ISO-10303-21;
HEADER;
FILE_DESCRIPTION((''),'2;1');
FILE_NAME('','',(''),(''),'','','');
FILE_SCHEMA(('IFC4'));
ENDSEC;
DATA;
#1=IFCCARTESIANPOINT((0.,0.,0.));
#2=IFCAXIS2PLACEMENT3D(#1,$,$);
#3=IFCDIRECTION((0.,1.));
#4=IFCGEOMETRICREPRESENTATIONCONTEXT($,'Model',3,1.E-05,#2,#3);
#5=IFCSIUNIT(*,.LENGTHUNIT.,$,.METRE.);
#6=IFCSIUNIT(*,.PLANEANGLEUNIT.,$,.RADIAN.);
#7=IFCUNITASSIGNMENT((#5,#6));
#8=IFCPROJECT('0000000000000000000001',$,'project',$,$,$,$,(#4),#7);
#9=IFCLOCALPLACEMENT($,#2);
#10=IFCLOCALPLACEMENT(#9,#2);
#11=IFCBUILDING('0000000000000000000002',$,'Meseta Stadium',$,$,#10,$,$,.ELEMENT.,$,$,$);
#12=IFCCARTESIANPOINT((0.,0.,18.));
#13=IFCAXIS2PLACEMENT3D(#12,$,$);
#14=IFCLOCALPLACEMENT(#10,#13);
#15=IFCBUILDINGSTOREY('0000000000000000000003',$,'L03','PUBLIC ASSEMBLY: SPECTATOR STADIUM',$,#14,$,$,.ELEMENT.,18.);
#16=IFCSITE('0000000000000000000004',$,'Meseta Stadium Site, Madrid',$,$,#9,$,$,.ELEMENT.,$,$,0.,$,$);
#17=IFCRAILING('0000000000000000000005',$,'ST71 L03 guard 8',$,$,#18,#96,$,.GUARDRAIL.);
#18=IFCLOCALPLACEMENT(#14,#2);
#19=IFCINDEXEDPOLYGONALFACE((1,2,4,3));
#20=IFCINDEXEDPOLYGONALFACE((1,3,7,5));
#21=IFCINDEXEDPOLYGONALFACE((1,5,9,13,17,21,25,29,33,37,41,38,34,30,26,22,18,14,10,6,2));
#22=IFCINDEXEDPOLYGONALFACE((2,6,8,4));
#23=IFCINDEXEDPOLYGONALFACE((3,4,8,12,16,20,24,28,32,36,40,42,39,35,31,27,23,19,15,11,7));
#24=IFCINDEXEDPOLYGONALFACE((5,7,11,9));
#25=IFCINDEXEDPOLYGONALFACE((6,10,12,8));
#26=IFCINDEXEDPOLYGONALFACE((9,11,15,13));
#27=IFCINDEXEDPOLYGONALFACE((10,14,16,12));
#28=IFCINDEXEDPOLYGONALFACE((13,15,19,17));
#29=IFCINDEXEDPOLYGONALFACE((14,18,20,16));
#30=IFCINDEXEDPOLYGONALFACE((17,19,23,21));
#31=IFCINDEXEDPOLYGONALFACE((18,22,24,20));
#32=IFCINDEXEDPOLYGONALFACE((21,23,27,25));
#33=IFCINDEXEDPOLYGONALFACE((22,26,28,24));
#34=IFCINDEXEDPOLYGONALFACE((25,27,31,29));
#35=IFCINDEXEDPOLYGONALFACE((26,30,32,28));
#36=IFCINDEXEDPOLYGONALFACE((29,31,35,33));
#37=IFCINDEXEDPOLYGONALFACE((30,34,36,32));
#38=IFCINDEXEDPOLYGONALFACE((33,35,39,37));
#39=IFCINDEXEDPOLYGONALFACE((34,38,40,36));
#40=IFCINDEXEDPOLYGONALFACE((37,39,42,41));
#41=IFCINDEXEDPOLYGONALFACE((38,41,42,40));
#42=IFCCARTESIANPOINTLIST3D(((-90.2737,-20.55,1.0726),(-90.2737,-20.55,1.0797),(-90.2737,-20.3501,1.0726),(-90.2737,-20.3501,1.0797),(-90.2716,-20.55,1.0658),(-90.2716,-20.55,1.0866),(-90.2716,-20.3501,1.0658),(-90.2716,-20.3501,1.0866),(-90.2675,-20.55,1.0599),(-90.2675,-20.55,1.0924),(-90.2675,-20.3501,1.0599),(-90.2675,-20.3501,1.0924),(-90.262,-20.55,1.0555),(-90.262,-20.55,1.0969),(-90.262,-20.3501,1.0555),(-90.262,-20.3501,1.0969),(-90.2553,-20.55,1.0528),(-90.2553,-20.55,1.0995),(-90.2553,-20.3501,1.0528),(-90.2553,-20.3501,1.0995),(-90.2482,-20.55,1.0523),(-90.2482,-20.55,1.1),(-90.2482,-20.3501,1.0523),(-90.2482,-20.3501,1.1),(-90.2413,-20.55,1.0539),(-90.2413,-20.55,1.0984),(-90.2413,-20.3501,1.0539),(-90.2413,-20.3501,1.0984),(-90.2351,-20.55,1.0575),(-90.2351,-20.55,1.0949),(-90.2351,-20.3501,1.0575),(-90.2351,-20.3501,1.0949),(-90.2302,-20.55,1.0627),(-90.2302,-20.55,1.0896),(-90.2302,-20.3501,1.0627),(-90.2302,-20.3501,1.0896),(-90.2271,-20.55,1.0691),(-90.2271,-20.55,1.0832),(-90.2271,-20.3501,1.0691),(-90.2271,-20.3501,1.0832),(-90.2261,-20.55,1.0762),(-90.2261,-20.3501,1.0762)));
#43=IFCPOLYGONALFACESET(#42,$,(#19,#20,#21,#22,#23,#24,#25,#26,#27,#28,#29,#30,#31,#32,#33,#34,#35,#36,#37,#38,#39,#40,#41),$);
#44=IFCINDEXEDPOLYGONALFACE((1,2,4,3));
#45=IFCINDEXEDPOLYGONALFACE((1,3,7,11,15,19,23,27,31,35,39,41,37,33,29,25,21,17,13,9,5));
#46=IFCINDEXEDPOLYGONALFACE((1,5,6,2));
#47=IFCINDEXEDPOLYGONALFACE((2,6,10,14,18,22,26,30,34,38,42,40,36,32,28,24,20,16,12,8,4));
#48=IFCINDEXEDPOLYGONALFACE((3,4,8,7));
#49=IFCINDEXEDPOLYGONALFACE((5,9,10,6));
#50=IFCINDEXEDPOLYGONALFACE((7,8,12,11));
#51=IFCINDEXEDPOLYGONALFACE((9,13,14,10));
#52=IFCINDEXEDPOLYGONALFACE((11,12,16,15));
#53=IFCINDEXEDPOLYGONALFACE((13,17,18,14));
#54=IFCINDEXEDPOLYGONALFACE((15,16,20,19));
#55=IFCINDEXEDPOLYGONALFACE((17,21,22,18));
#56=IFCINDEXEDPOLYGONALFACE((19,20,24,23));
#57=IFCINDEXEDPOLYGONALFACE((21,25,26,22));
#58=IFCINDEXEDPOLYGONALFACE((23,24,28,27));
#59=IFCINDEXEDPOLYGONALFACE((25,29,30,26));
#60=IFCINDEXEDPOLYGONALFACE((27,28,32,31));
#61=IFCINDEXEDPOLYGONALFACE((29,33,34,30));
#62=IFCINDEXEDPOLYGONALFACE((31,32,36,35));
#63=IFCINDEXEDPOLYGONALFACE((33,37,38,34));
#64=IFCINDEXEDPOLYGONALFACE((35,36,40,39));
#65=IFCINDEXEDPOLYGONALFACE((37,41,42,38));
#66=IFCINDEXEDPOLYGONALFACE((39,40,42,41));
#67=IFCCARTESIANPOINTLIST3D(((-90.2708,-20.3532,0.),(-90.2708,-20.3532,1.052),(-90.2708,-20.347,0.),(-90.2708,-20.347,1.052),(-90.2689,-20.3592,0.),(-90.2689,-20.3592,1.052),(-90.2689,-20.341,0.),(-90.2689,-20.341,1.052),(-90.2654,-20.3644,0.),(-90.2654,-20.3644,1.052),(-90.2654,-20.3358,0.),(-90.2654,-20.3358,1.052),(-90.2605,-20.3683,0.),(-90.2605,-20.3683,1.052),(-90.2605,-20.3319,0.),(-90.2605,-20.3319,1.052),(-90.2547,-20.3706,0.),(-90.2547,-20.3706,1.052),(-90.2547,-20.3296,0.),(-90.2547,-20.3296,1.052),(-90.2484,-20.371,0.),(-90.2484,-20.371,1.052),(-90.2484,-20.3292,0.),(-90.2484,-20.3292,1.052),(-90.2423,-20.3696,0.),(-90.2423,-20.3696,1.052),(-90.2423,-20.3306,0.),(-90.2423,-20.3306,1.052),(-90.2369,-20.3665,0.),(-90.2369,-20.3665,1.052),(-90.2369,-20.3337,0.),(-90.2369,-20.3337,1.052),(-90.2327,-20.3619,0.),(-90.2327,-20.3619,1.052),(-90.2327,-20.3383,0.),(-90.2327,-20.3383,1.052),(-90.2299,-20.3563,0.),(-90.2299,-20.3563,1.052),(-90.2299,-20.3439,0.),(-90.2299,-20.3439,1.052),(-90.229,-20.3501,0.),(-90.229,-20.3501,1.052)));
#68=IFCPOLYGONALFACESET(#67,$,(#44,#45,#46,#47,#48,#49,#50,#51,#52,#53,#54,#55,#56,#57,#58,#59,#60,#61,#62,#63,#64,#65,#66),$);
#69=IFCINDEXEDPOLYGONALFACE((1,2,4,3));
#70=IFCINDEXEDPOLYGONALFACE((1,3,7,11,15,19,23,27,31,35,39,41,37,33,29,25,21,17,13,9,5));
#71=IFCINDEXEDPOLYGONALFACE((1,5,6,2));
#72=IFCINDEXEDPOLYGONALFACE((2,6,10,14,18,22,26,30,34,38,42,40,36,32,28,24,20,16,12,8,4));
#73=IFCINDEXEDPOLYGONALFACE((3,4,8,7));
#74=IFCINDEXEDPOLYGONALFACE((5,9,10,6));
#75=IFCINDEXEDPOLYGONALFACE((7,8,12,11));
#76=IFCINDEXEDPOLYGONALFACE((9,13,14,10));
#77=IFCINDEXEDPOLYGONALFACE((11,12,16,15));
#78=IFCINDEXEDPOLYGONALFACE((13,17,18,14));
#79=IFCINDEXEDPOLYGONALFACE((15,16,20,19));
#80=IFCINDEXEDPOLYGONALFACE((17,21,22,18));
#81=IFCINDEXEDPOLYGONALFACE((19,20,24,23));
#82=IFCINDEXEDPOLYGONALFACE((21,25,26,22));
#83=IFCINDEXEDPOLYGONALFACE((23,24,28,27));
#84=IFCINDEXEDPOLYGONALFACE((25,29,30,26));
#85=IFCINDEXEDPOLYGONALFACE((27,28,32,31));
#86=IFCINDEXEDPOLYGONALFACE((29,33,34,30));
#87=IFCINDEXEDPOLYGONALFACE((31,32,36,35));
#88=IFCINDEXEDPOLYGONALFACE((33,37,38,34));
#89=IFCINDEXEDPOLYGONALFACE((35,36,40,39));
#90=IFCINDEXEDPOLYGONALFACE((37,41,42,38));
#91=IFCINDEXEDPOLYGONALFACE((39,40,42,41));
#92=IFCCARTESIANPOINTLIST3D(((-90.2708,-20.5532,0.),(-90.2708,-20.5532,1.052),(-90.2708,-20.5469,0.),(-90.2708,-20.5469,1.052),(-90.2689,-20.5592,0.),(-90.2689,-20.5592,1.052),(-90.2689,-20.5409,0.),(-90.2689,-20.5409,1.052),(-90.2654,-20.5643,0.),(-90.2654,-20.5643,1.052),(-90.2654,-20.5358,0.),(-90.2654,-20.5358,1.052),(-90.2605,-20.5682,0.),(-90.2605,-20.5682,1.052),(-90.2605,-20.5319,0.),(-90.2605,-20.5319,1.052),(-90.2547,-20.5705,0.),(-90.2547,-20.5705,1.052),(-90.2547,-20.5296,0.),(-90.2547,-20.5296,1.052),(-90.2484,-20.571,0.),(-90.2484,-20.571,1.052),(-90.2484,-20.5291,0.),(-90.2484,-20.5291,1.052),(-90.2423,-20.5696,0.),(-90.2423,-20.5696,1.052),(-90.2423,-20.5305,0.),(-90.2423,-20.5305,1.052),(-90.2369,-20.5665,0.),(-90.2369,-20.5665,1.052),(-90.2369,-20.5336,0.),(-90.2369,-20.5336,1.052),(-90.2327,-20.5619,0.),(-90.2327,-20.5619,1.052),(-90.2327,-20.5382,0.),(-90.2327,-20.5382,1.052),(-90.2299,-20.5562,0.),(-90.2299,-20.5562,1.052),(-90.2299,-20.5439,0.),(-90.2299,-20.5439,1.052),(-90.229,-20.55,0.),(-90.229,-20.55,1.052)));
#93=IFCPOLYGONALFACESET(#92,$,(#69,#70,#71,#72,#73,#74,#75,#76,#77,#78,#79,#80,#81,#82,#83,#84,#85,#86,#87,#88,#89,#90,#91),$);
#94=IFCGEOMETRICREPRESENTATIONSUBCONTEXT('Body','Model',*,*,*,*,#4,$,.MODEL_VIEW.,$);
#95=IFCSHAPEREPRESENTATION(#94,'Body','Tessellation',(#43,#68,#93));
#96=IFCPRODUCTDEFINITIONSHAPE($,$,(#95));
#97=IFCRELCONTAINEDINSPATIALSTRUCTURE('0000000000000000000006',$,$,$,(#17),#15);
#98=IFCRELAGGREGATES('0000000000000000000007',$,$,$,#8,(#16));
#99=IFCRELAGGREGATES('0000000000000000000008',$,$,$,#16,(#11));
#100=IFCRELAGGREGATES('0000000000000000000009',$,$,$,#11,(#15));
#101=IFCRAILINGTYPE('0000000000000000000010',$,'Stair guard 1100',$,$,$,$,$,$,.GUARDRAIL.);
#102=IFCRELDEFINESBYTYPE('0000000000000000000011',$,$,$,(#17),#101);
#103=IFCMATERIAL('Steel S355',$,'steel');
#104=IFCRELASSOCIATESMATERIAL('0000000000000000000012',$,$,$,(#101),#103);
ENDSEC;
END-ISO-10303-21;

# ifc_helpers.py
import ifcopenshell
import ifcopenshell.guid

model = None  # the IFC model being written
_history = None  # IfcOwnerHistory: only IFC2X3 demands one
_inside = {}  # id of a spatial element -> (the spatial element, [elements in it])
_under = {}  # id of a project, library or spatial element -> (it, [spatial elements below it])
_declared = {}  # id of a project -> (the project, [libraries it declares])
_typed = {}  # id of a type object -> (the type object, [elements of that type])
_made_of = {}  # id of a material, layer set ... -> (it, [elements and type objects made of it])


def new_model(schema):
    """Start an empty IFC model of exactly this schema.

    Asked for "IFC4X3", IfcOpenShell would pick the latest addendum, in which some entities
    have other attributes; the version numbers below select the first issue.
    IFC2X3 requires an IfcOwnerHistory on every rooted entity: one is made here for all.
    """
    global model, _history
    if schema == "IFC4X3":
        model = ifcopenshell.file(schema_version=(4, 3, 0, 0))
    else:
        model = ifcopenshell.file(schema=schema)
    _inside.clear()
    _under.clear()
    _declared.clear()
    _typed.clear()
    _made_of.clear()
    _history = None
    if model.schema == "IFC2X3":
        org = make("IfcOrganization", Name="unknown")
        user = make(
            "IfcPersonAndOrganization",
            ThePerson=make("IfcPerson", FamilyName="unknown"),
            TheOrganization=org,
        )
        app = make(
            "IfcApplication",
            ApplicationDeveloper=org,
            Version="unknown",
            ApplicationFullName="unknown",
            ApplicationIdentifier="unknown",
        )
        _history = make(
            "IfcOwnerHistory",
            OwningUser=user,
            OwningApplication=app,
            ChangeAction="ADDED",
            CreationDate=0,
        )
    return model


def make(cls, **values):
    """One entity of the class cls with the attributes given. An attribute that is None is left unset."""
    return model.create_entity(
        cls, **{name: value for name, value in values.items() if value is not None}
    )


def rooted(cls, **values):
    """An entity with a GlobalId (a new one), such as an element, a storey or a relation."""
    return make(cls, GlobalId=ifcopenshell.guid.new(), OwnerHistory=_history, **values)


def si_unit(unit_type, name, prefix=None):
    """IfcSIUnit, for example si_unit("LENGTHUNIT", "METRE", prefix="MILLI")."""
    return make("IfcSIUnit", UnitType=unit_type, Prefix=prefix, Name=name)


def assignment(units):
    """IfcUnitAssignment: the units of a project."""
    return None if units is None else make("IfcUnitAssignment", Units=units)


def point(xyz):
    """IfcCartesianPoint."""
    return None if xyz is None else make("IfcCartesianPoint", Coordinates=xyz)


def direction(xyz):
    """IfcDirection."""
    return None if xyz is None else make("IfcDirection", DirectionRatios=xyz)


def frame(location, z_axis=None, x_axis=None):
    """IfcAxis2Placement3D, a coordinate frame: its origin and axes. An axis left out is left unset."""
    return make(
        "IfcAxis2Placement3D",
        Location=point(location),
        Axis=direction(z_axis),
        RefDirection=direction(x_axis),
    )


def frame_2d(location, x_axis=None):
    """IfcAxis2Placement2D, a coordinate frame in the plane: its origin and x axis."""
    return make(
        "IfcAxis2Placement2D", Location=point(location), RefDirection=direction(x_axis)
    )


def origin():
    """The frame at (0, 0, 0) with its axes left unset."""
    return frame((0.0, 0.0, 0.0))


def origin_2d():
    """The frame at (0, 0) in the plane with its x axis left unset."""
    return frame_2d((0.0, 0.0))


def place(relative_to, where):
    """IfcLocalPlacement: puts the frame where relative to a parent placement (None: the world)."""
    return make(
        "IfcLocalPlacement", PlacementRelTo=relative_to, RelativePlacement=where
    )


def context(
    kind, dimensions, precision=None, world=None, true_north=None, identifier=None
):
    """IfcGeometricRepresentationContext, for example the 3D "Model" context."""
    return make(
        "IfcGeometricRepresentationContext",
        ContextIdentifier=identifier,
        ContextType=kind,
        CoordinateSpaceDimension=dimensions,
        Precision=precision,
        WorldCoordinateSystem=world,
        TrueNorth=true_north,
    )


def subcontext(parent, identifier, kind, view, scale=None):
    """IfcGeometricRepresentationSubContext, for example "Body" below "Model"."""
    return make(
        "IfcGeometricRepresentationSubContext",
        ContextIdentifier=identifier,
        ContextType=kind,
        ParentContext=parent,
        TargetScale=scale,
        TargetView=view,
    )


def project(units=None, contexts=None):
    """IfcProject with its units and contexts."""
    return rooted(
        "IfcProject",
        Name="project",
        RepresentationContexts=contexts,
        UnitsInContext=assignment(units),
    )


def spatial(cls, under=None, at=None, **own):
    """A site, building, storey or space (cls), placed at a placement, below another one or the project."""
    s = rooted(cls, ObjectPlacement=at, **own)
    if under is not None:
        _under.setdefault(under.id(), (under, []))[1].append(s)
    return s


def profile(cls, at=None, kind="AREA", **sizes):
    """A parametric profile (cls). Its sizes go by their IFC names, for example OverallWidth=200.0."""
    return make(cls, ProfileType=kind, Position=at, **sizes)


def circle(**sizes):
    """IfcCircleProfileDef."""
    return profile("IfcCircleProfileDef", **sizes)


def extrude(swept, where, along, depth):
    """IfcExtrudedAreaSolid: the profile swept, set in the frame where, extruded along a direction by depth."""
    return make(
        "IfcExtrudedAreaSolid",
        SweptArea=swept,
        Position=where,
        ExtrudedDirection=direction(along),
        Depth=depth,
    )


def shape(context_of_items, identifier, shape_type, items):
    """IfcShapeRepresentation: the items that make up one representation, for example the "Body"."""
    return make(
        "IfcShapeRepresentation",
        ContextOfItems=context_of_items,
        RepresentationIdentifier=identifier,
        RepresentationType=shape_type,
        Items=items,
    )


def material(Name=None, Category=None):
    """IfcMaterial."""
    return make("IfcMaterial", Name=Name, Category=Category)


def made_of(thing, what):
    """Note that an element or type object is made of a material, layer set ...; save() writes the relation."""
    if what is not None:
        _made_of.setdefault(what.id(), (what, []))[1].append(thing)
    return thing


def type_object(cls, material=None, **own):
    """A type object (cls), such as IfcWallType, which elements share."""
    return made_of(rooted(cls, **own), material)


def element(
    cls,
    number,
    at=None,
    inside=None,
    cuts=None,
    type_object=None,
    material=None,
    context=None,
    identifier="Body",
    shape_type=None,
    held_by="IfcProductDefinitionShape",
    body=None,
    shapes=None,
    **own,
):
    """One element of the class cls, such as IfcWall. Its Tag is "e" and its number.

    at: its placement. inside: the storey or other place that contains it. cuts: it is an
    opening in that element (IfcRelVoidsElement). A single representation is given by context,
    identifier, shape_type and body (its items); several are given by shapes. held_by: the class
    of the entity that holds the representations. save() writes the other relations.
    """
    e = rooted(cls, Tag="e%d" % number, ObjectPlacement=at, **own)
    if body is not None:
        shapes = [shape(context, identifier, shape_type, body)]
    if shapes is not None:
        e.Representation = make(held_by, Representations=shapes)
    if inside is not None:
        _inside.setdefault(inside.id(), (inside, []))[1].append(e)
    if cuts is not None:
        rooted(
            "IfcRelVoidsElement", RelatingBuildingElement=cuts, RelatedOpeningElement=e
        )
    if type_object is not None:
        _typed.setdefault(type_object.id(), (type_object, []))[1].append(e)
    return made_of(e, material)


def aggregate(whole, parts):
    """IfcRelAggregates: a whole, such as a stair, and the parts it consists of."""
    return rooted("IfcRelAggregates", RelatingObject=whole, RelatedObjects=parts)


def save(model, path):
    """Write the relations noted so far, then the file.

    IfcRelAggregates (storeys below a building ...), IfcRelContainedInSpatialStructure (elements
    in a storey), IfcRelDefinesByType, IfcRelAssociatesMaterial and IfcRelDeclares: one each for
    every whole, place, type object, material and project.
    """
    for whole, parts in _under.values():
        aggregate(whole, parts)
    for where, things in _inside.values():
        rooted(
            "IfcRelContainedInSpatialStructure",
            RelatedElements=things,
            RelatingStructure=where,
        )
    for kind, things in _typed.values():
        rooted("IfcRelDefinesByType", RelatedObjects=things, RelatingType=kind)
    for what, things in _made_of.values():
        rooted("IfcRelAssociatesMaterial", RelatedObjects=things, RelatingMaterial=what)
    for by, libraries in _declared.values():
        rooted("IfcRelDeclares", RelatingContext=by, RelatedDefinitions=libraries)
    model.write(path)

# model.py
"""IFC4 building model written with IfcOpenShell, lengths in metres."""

from ifc_helpers import new_model, si_unit, direction, frame, origin, origin_2d, place, context, subcontext, project, spatial, circle, extrude, material, type_object, element, save


model = new_model("IFC4")

# Units and contexts
model_context = context("Model", 3, precision=1e-05, world=origin(), true_north=direction((0.0, 1.0)))
body_context = subcontext(model_context, "Body", "Model", "MODEL_VIEW")
ifc_project = project(units=[si_unit("LENGTHUNIT", "METRE"), si_unit("PLANEANGLEUNIT", "RADIAN")], contexts=[model_context])

# Site, building, storey
site_placement = place(None, origin())
site = spatial("IfcSite", under=ifc_project, at=site_placement, Name="Meseta Stadium Site, Madrid", CompositionType="ELEMENT", RefElevation=0.0)
building_placement = place(site_placement, origin())
building = spatial("IfcBuilding", under=site, at=building_placement, Name="Meseta Stadium", CompositionType="ELEMENT")
storey_placement = place(building_placement, frame((0.0, 0.0, 18.0)))
storey = spatial("IfcBuildingStorey", under=building, at=storey_placement, Name="L03", Description="PUBLIC ASSEMBLY: SPECTATOR STADIUM", CompositionType="ELEMENT", Elevation=18.0)

# Railing
ifc_material_1 = material(Name="Steel S355", Category="steel")
railing_type_1 = type_object("IfcRailingType", Name="Stair guard 1100", PredefinedType="GUARDRAIL", material=ifc_material_1)
railing_1_placement = place(storey_placement, frame((-90.25, -20.3501, 0.0)))
element("IfcRailing", 1, at=railing_1_placement, inside=storey, type_object=railing_type_1, Name="ST71 L03 guard 8", PredefinedType="GUARDRAIL", context=body_context, shape_type="SweptSolid", body=[
    extrude(circle(Radius=0.0239, at=origin_2d()), frame((0.0, 0.0, 1.0762), z_axis=(0.0, -1.0, 0.0), x_axis=(1.0, 0.0, 0.0)), (0.0, 0.0, 1.0), 0.2),
    extrude(circle(Radius=0.021, at=origin_2d()), origin(), (0.0, 0.0, 1.0), 1.052),
    extrude(circle(Radius=0.021, at=origin_2d()), frame((0.0, -0.2, 0.0)), (0.0, 0.0, 1.0), 1.052),
])

save(model, "model.ifc")
